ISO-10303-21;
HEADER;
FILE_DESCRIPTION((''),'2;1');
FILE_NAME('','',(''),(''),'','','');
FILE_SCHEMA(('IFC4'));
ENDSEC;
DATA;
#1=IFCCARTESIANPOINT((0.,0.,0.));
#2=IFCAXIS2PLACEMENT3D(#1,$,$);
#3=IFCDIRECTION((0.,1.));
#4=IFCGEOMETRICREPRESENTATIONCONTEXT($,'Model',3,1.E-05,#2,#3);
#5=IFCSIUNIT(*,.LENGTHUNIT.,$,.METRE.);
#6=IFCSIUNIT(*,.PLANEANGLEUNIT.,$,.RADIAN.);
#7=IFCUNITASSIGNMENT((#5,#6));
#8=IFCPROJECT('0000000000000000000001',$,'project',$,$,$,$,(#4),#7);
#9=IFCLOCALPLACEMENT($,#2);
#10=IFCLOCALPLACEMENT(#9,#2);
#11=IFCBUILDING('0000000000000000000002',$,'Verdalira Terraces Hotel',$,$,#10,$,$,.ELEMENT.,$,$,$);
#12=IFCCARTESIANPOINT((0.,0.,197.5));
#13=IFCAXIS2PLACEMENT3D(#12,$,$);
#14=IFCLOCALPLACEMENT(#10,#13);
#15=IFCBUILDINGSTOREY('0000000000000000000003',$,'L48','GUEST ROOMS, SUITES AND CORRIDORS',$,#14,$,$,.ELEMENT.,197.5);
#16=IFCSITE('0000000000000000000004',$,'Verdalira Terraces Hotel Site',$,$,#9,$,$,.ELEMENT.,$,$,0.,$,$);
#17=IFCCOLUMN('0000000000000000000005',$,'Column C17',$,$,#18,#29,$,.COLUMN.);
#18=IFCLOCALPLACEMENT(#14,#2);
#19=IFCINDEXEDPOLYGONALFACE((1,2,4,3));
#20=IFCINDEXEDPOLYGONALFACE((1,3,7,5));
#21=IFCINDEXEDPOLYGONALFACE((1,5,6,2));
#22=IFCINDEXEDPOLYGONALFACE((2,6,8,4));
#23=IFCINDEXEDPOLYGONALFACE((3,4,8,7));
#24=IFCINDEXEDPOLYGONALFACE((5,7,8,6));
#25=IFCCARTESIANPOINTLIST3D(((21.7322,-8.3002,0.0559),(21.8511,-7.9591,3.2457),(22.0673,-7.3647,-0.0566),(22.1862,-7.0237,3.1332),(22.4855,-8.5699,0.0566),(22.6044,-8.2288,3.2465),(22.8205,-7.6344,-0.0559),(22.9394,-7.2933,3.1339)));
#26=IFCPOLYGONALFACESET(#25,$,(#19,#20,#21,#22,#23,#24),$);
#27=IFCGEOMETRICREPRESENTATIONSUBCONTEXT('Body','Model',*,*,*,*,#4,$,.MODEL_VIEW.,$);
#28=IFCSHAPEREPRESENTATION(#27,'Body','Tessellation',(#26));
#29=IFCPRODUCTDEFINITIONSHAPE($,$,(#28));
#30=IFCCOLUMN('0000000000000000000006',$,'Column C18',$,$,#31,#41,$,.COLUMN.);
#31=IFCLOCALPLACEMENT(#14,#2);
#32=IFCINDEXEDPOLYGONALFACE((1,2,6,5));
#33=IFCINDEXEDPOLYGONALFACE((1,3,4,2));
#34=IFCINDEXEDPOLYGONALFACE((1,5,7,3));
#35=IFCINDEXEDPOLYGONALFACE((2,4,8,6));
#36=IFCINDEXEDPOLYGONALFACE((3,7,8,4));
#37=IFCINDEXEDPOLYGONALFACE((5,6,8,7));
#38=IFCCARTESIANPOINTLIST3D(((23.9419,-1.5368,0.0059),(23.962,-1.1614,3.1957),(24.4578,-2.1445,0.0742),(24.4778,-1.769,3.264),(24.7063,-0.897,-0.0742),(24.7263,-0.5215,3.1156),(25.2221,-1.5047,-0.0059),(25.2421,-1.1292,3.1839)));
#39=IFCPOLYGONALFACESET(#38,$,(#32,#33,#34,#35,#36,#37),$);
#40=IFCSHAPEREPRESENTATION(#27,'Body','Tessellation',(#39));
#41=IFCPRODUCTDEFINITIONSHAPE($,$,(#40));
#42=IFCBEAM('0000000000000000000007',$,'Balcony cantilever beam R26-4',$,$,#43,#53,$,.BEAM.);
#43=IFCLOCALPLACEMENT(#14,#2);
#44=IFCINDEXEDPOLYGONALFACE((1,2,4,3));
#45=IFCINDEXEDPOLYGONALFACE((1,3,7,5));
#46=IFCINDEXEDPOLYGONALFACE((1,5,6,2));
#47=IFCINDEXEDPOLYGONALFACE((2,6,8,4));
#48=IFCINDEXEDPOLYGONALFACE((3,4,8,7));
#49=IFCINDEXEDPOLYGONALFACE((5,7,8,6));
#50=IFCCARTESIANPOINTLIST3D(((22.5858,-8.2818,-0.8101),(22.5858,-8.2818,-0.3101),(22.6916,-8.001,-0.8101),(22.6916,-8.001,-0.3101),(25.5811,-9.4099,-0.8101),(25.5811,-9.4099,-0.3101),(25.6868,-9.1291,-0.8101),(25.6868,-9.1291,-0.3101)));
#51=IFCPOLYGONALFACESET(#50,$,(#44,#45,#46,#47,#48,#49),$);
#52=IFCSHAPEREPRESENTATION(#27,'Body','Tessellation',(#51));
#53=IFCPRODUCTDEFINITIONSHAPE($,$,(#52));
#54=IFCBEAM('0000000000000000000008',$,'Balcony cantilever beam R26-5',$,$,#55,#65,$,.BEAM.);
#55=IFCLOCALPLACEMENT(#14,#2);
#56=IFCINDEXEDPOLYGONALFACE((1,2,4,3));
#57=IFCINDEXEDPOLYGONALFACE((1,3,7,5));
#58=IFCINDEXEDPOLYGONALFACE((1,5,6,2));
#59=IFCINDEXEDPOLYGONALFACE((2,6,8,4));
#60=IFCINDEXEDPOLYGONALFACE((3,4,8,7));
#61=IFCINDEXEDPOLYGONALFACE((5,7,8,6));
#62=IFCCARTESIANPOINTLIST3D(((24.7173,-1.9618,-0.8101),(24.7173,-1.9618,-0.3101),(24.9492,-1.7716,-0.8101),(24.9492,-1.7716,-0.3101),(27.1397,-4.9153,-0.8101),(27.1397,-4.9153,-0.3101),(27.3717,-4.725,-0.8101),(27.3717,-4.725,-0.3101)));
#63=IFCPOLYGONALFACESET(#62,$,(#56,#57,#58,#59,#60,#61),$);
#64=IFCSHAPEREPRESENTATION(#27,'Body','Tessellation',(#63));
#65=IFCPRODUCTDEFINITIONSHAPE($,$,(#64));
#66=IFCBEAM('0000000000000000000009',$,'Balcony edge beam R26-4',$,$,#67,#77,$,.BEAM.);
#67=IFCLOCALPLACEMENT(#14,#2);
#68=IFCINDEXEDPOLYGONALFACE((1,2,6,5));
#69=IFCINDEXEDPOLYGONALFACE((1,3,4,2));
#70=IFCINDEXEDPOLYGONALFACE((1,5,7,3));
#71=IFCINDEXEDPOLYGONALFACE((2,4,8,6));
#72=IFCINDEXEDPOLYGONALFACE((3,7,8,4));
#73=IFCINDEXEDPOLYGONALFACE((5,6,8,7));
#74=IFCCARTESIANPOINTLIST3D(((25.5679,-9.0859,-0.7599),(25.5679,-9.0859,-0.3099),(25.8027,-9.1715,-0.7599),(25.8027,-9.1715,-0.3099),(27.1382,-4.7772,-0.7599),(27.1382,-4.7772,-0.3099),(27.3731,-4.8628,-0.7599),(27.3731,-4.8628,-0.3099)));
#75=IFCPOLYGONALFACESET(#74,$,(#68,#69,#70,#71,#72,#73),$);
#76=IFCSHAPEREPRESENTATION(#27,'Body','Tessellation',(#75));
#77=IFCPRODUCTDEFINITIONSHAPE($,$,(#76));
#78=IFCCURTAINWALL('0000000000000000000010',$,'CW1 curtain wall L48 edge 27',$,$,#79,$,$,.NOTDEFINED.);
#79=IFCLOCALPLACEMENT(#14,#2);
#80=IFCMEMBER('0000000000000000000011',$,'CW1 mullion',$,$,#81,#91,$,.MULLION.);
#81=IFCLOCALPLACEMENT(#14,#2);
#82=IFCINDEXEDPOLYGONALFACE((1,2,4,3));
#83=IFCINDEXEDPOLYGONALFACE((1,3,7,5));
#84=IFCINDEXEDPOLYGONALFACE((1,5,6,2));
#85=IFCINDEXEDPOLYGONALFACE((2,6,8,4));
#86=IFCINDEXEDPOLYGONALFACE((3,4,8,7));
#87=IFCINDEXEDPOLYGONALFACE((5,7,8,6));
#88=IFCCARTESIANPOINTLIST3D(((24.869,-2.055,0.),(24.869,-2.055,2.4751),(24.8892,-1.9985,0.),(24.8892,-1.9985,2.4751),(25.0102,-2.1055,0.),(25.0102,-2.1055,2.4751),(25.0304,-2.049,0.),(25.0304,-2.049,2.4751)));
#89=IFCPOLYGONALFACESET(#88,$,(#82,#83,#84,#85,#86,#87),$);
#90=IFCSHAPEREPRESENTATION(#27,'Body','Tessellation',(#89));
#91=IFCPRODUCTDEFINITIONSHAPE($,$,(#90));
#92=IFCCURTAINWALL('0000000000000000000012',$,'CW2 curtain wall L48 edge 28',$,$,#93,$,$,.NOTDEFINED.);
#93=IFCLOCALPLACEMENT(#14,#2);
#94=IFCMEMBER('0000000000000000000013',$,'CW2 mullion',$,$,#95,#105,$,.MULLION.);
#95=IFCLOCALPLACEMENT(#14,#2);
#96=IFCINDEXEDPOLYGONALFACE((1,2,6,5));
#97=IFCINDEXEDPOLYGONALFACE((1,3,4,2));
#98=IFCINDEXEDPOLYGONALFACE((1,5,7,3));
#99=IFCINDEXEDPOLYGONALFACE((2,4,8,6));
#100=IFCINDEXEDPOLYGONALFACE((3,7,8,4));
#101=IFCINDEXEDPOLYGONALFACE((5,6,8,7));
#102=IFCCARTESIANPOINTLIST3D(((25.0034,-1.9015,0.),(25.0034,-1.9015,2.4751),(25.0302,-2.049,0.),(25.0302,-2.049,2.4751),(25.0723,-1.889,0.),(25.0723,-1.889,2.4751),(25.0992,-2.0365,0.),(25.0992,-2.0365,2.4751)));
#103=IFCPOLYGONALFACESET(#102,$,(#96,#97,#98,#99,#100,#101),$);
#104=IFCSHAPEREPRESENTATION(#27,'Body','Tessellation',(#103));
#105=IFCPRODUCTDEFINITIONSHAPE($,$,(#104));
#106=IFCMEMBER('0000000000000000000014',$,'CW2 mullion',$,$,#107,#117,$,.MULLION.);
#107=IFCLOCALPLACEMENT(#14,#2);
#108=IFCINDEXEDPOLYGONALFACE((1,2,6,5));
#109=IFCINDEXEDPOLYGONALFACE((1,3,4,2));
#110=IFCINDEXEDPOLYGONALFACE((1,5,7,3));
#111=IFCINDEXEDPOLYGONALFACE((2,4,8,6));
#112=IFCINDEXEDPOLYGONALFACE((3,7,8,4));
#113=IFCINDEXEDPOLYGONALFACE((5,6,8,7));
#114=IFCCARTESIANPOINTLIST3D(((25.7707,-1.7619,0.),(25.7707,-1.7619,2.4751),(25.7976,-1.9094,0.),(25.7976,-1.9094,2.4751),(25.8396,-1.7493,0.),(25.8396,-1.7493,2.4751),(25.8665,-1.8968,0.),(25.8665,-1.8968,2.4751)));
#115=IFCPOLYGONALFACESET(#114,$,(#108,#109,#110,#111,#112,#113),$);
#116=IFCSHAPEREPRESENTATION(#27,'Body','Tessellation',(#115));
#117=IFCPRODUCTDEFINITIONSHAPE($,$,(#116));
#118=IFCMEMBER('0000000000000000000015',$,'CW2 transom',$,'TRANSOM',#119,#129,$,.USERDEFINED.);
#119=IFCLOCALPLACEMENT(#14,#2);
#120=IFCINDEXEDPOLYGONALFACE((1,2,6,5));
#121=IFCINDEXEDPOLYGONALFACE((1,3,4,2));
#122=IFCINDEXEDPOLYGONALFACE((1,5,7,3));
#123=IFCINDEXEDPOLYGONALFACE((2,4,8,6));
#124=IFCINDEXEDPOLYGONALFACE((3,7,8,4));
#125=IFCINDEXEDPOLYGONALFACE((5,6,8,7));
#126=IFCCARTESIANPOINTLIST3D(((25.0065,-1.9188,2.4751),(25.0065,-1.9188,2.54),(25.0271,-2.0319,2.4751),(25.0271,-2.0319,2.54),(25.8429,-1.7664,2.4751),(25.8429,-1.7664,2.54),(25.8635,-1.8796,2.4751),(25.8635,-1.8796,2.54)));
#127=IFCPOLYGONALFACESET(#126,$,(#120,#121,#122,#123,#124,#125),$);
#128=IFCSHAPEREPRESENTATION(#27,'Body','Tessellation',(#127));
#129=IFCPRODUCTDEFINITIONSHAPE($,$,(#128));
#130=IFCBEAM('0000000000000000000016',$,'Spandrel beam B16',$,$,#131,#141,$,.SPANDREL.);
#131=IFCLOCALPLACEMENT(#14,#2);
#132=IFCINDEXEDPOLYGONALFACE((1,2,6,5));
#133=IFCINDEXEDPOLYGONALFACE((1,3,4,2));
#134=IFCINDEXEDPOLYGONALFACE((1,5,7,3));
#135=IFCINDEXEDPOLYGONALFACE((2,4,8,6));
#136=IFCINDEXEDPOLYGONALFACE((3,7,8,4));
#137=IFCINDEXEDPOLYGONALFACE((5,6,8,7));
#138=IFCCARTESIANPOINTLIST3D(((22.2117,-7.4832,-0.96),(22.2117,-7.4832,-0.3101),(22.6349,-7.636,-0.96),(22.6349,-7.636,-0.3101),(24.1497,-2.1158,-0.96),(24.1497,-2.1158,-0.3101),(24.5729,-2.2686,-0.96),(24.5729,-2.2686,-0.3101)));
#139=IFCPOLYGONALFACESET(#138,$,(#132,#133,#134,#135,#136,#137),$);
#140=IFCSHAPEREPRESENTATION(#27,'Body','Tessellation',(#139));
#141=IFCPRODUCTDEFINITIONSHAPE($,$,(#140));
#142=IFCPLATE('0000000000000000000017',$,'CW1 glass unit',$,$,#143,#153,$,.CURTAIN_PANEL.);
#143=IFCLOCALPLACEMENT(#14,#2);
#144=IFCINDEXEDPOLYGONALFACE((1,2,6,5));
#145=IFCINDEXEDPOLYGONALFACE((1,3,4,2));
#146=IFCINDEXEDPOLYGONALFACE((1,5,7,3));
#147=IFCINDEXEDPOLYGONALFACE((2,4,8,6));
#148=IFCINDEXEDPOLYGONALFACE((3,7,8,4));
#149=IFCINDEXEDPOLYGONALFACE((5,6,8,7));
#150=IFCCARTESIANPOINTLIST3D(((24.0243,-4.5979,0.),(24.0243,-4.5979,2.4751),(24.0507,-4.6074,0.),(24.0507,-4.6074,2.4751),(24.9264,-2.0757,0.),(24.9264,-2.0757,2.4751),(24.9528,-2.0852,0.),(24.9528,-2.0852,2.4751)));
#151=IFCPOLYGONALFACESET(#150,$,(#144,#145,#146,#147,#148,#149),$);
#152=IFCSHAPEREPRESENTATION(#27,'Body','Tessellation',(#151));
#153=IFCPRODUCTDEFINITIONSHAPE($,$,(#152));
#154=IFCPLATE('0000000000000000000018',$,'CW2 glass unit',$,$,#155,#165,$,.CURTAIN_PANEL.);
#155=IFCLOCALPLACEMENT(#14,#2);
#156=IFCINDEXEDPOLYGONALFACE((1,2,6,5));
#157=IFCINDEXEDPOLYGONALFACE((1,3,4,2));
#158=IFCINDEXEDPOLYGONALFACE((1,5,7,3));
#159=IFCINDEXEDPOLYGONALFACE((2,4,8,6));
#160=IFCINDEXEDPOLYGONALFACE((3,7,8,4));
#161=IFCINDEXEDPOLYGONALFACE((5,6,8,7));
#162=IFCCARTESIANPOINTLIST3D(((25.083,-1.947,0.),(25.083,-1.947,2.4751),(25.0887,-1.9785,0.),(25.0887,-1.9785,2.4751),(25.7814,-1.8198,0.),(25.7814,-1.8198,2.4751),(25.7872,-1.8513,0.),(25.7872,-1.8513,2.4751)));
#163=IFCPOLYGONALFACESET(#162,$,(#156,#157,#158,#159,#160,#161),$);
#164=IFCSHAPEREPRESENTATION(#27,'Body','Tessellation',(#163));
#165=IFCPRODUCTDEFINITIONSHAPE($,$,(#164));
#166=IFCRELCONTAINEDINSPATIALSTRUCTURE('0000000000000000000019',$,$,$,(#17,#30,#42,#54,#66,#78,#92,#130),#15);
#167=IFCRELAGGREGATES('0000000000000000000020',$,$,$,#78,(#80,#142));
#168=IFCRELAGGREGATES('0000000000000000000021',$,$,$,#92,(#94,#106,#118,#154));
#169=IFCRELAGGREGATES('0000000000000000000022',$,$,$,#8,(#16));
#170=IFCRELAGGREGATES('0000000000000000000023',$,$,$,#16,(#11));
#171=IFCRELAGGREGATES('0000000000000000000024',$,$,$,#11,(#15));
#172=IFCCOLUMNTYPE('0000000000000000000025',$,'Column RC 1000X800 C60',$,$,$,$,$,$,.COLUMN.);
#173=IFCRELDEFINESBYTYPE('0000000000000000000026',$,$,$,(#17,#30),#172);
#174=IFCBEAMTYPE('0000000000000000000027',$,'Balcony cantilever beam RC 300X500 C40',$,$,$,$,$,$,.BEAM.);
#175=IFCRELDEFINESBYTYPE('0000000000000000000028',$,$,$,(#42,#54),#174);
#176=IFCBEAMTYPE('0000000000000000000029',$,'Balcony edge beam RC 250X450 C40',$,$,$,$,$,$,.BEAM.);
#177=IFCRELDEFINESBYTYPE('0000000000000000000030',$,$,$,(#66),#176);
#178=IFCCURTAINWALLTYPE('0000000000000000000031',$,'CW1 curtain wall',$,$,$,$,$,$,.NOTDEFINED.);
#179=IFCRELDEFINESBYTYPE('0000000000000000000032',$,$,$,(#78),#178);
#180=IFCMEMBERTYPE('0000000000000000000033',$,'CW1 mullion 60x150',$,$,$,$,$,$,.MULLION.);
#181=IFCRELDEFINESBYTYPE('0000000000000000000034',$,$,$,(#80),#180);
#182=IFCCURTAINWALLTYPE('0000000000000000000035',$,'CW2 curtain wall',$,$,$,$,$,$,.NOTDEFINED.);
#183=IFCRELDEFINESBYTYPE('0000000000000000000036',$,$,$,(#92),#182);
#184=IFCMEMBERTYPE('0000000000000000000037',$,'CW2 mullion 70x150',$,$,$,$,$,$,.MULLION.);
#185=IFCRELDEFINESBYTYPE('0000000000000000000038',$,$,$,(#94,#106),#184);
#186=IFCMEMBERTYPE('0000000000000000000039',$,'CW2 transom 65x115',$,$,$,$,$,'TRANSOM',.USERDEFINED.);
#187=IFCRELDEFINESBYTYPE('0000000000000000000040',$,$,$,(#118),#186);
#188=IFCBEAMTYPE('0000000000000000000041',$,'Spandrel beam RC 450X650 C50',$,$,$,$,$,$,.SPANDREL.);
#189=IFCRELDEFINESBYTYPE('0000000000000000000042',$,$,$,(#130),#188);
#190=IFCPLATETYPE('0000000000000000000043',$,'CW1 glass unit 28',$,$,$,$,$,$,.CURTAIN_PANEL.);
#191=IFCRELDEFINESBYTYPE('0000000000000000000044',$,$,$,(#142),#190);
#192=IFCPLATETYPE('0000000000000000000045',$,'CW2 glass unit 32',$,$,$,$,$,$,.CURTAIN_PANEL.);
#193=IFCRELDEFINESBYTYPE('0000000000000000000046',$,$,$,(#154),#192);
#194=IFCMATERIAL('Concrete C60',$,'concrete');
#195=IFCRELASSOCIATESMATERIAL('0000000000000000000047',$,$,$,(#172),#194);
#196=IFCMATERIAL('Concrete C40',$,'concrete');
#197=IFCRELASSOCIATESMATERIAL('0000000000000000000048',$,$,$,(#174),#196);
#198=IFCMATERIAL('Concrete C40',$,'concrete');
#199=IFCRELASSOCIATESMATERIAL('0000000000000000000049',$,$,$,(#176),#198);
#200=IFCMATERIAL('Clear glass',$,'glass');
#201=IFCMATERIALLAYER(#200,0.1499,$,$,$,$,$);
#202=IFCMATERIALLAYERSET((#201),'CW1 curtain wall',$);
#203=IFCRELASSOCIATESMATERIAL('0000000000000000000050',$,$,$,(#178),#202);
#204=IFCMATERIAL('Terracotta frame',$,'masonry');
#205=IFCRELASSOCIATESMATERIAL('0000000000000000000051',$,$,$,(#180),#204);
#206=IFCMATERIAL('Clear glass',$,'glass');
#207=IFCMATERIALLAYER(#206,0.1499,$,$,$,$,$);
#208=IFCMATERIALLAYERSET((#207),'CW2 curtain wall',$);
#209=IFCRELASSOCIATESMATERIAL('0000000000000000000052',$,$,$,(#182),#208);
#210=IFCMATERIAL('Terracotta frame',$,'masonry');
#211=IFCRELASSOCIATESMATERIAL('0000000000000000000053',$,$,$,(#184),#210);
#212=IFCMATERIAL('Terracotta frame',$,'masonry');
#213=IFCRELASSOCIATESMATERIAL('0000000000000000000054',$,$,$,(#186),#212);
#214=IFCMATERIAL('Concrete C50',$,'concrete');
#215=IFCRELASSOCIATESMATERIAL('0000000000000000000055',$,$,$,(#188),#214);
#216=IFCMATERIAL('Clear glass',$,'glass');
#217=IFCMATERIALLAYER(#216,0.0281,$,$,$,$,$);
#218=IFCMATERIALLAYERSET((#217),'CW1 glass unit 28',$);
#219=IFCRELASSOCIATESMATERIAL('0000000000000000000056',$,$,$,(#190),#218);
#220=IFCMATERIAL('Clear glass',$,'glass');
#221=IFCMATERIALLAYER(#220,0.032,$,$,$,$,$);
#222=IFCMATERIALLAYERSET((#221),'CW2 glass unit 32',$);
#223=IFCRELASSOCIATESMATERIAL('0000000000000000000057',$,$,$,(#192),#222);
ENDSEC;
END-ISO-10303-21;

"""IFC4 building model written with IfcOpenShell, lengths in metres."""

from ifc_helpers import new_model, si_unit, direction, frame, origin, origin_2d, place, context, subcontext, project, spatial, rectangle, extrude, material, layer, layer_set, material_profile, profile_set, type_object, element, aggregate, save


model = new_model("IFC4")

# Units and contexts
model_context = context("Model", 3, precision=1e-05, world=origin(), true_north=direction((0.0, 1.0)))
body_context = subcontext(model_context, "Body", "Model", "MODEL_VIEW")
ifc_project = project(units=[si_unit("LENGTHUNIT", "METRE"), si_unit("PLANEANGLEUNIT", "RADIAN")], contexts=[model_context])

# Site, building, storey
site_placement = place(None, origin())
site = spatial("IfcSite", under=ifc_project, at=site_placement, Name="Verdalira Terraces Hotel Site", CompositionType="ELEMENT", RefElevation=0.0)
building_placement = place(site_placement, origin())
building = spatial("IfcBuilding", under=site, at=building_placement, Name="Verdalira Terraces Hotel", CompositionType="ELEMENT")
storey_placement = place(building_placement, frame((0.0, 0.0, 197.5)))
storey = spatial("IfcBuildingStorey", under=building, at=storey_placement, Name="L48", Description="GUEST ROOMS, SUITES AND CORRIDORS", CompositionType="ELEMENT", Elevation=197.5)

# Columns
ifc_material_1 = material(Name="Concrete C60", Category="concrete")
ifc_material_profile_1 = material_profile(ifc_material_1, rectangle(XDim=1.0, YDim=0.8, at=origin_2d()), Name="RC 1000X800")
ifc_profile_set_1 = profile_set([ifc_material_profile_1], Name="Concrete C60")
column_type = type_object("IfcColumnType", Name="Column RC 1000X800 C60", PredefinedType="COLUMN", material=ifc_profile_set_1)
column_1_placement = place(storey_placement, frame((22.2764, -7.9673, 0.0), z_axis=(0.037036, 0.10624, 0.993651), x_axis=(0.335036, 0.935464, -0.112506)))
element("IfcColumn", 1, at=column_1_placement, inside=storey, type_object=column_type, Name="Column C17", PredefinedType="COLUMN", context=body_context, shape_type="SweptSolid", body=[
    extrude(rectangle(XDim=1.0, YDim=0.8, at=origin_2d()), origin(), (0.0, 0.0, 1.0), 3.2102),
])
column_2_placement = place(storey_placement, frame((24.582, -1.5208, 0.0), z_axis=(0.006233, 0.116901, 0.993124), x_axis=(-0.764322, -0.639839, 0.080112)))
element("IfcColumn", 2, at=column_2_placement, inside=storey, type_object=column_type, Name="Column C18", PredefinedType="COLUMN", context=body_context, shape_type="SweptSolid", body=[
    extrude(rectangle(XDim=1.0, YDim=0.8, at=origin_2d()), origin(), (0.0, 0.0, 1.0), 3.2119),
])

# Beams
ifc_material_2 = material(Name="Concrete C40", Category="concrete")
ifc_material_profile_2 = material_profile(ifc_material_2, rectangle(XDim=0.3, YDim=0.5, at=origin_2d()), Name="RC 300X500")
ifc_profile_set_2 = profile_set([ifc_material_profile_2], Name="Concrete C40")
beam_type_1 = type_object("IfcBeamType", Name="Balcony cantilever beam RC 300X500 C40", PredefinedType="BEAM", material=ifc_profile_set_2)
beam_1_placement = place(storey_placement, frame((22.6387, -8.1414, -0.5601), z_axis=(0.935824, -0.352469, 0.0), x_axis=(0.352469, 0.935824, 0.0)))
element("IfcBeam", 3, at=beam_1_placement, inside=storey, type_object=beam_type_1, Name="Balcony cantilever beam R26-4", PredefinedType="BEAM", context=body_context, shape_type="SweptSolid", body=[
    extrude(rectangle(XDim=0.3, YDim=0.5, at=origin_2d()), origin(), (0.0, 0.0, 1.0), 3.2007),
])
beam_2_placement = place(storey_placement, frame((24.8333, -1.8667, -0.5601), z_axis=(0.634174, -0.773191, 0.0), x_axis=(0.773191, 0.634174, 0.0)))
element("IfcBeam", 4, at=beam_2_placement, inside=storey, type_object=beam_type_1, Name="Balcony cantilever beam R26-5", PredefinedType="BEAM", context=body_context, shape_type="SweptSolid", body=[
    extrude(rectangle(XDim=0.3, YDim=0.5, at=origin_2d()), origin(), (0.0, 0.0, 1.0), 3.8198),
])
ifc_material_3 = material(Name="Concrete C40", Category="concrete")
ifc_material_profile_3 = material_profile(ifc_material_3, rectangle(XDim=0.25, YDim=0.45, at=origin_2d()), Name="RC 250X450")
ifc_profile_set_3 = profile_set([ifc_material_profile_3], Name="Concrete C40")
beam_type_2 = type_object("IfcBeamType", Name="Balcony edge beam RC 250X450 C40", PredefinedType="BEAM", material=ifc_profile_set_3)
beam_3_placement = place(storey_placement, frame((25.6853, -9.1287, -0.5349), z_axis=(0.342427, 0.939544, 0.0), x_axis=(-0.939544, 0.342427, 0.0)))
element("IfcBeam", 5, at=beam_3_placement, inside=storey, type_object=beam_type_2, Name="Balcony edge beam R26-4", PredefinedType="BEAM", context=body_context, shape_type="SweptSolid", body=[
    extrude(rectangle(XDim=0.25, YDim=0.45, at=origin_2d()), origin(), (0.0, 0.0, 1.0), 4.5859),
])

# Curtain wall, member
ifc_material_4 = material(Name="Clear glass", Category="glass")
ifc_layer_1 = layer(ifc_material_4, 0.1499)
ifc_layer_set_1 = layer_set([ifc_layer_1], Name="CW1 curtain wall")
curtain_wall_type_1 = type_object("IfcCurtainWallType", Name="CW1 curtain wall", PredefinedType="NOTDEFINED", material=ifc_layer_set_1)
curtain_wall_1_placement = place(storey_placement, origin())
curtain_wall_1 = element("IfcCurtainWall", 6, at=curtain_wall_1_placement, inside=storey, type_object=curtain_wall_type_1, Name="CW1 curtain wall L48 edge 27", PredefinedType="NOTDEFINED")
ifc_material_5 = material(Name="Terracotta frame", Category="masonry")
ifc_material_profile_4 = material_profile(ifc_material_5, rectangle(XDim=0.0601, YDim=0.1499, at=origin_2d()), Name="MU 60x150")
ifc_profile_set_4 = profile_set([ifc_material_profile_4], Name="Terracotta frame")
member_type_1 = type_object("IfcMemberType", Name="CW1 mullion 60x150", PredefinedType="MULLION", material=ifc_profile_set_4)
member_1_placement = place(storey_placement, frame((24.9497, -2.052, 0.0), z_axis=(0.0, 0.0, 1.0), x_axis=(0.336767, 0.941588, 0.0)))
member_1 = element("IfcMember", 7, at=member_1_placement, type_object=member_type_1, Name="CW1 mullion", PredefinedType="MULLION", context=body_context, shape_type="SweptSolid", body=[
    extrude(rectangle(XDim=0.0601, YDim=0.1499, at=origin_2d()), origin(), (0.0, 0.0, 1.0), 2.4751),
])

# Curtain wall, members
ifc_material_6 = material(Name="Clear glass", Category="glass")
ifc_layer_2 = layer(ifc_material_6, 0.1499)
ifc_layer_set_2 = layer_set([ifc_layer_2], Name="CW2 curtain wall")
curtain_wall_type_2 = type_object("IfcCurtainWallType", Name="CW2 curtain wall", PredefinedType="NOTDEFINED", material=ifc_layer_set_2)
curtain_wall_2_placement = place(storey_placement, origin())
curtain_wall_2 = element("IfcCurtainWall", 8, at=curtain_wall_2_placement, inside=storey, type_object=curtain_wall_type_2, Name="CW2 curtain wall L48 edge 28", PredefinedType="NOTDEFINED")
ifc_material_7 = material(Name="Terracotta frame", Category="masonry")
ifc_material_profile_5 = material_profile(ifc_material_7, rectangle(XDim=0.0701, YDim=0.1499, at=origin_2d()), Name="MU 70x150")
ifc_profile_set_5 = profile_set([ifc_material_profile_5], Name="Terracotta frame")
member_type_2 = type_object("IfcMemberType", Name="CW2 mullion 70x150", PredefinedType="MULLION", material=ifc_profile_set_5)
member_2_placement = place(storey_placement, frame((25.0513, -1.969, 0.0), z_axis=(0.0, 0.0, 1.0), x_axis=(0.983823, 0.179146, 0.0)))
member_2 = element("IfcMember", 9, at=member_2_placement, type_object=member_type_2, Name="CW2 mullion", PredefinedType="MULLION", context=body_context, shape_type="SweptSolid", body=[
    extrude(rectangle(XDim=0.0701, YDim=0.1499, at=origin_2d()), origin(), (0.0, 0.0, 1.0), 2.4751),
])
member_3_placement = place(storey_placement, frame((25.8186, -1.8293, 0.0), z_axis=(0.0, 0.0, 1.0), x_axis=(0.983823, 0.179146, 0.0)))
member_3 = element("IfcMember", 10, at=member_3_placement, type_object=member_type_2, Name="CW2 mullion", PredefinedType="MULLION", context=body_context, shape_type="SweptSolid", body=[
    extrude(rectangle(XDim=0.0701, YDim=0.1499, at=origin_2d()), origin(), (0.0, 0.0, 1.0), 2.4751),
])
ifc_material_8 = material(Name="Terracotta frame", Category="masonry")
ifc_material_profile_6 = material_profile(ifc_material_8, rectangle(XDim=0.115, YDim=0.0649, at=origin_2d()), Name="TR 65x115")
ifc_profile_set_6 = profile_set([ifc_material_profile_6], Name="Terracotta frame")
member_type_3 = type_object("IfcMemberType", Name="CW2 transom 65x115", ElementType="TRANSOM", PredefinedType="USERDEFINED", material=ifc_profile_set_6)
member_4_placement = place(storey_placement, frame((25.0168, -1.9753, 2.5076), z_axis=(0.983815, 0.179189, 0.0), x_axis=(-0.179189, 0.983815, 0.0)))
member_4 = element("IfcMember", 11, at=member_4_placement, type_object=member_type_3, Name="CW2 transom", ObjectType="TRANSOM", PredefinedType="USERDEFINED", context=body_context, shape_type="SweptSolid", body=[
    extrude(rectangle(XDim=0.115, YDim=0.0649, at=origin_2d()), origin(), (0.0, 0.0, 1.0), 0.8501),
])

# Beam
ifc_material_9 = material(Name="Concrete C50", Category="concrete")
ifc_material_profile_7 = material_profile(ifc_material_9, rectangle(XDim=0.45, YDim=0.6499, at=origin_2d()), Name="RC 450X650")
ifc_profile_set_7 = profile_set([ifc_material_profile_7], Name="Concrete C50")
beam_type_3 = type_object("IfcBeamType", Name="Spandrel beam RC 450X650 C50", PredefinedType="SPANDREL", material=ifc_profile_set_7)
beam_4_placement = place(storey_placement, frame((22.4233, -7.5596, -0.635), z_axis=(0.339606, 0.940568, 0.0), x_axis=(-0.940568, 0.339606, 0.0)))
element("IfcBeam", 12, at=beam_4_placement, inside=storey, type_object=beam_type_3, Name="Spandrel beam B16", PredefinedType="SPANDREL", context=body_context, shape_type="SweptSolid", body=[
    extrude(rectangle(XDim=0.45, YDim=0.6499, at=origin_2d()), origin(), (0.0, 0.0, 1.0), 5.7065),
])

# Plates
ifc_material_10 = material(Name="Clear glass", Category="glass")
ifc_layer_3 = layer(ifc_material_10, 0.0281)
ifc_layer_set_3 = layer_set([ifc_layer_3], Name="CW1 glass unit 28")
plate_type_1 = type_object("IfcPlateType", Name="CW1 glass unit 28", PredefinedType="CURTAIN_PANEL", material=ifc_layer_set_3)
plate_1_placement = place(storey_placement, frame((24.4885, -3.3416, 0.0), z_axis=(0.0, 0.0, 1.0), x_axis=(0.336767, 0.941588, 0.0)))
plate_1 = element("IfcPlate", 13, at=plate_1_placement, type_object=plate_type_1, Name="CW1 glass unit", PredefinedType="CURTAIN_PANEL", context=body_context, shape_type="SweptSolid", body=[
    extrude(rectangle(XDim=2.6787, YDim=0.0281, at=origin_2d()), origin(), (0.0, 0.0, 1.0), 2.4751),
])
aggregate(curtain_wall_1, [member_1, plate_1])
ifc_material_11 = material(Name="Clear glass", Category="glass")
ifc_layer_4 = layer(ifc_material_11, 0.032)
ifc_layer_set_4 = layer_set([ifc_layer_4], Name="CW2 glass unit 32")
plate_type_2 = type_object("IfcPlateType", Name="CW2 glass unit 32", PredefinedType="CURTAIN_PANEL", material=ifc_layer_set_4)
plate_2_placement = place(storey_placement, frame((25.4351, -1.8992, 0.0), z_axis=(0.0, 0.0, 1.0), x_axis=(0.983823, 0.179146, 0.0)))
plate_2 = element("IfcPlate", 14, at=plate_2_placement, type_object=plate_type_2, Name="CW2 glass unit", PredefinedType="CURTAIN_PANEL", context=body_context, shape_type="SweptSolid", body=[
    extrude(rectangle(XDim=0.71, YDim=0.032, at=origin_2d()), origin(), (0.0, 0.0, 1.0), 2.4751),
])
aggregate(curtain_wall_2, [member_2, member_3, member_4, plate_2])

save(model, "model.ifc")
